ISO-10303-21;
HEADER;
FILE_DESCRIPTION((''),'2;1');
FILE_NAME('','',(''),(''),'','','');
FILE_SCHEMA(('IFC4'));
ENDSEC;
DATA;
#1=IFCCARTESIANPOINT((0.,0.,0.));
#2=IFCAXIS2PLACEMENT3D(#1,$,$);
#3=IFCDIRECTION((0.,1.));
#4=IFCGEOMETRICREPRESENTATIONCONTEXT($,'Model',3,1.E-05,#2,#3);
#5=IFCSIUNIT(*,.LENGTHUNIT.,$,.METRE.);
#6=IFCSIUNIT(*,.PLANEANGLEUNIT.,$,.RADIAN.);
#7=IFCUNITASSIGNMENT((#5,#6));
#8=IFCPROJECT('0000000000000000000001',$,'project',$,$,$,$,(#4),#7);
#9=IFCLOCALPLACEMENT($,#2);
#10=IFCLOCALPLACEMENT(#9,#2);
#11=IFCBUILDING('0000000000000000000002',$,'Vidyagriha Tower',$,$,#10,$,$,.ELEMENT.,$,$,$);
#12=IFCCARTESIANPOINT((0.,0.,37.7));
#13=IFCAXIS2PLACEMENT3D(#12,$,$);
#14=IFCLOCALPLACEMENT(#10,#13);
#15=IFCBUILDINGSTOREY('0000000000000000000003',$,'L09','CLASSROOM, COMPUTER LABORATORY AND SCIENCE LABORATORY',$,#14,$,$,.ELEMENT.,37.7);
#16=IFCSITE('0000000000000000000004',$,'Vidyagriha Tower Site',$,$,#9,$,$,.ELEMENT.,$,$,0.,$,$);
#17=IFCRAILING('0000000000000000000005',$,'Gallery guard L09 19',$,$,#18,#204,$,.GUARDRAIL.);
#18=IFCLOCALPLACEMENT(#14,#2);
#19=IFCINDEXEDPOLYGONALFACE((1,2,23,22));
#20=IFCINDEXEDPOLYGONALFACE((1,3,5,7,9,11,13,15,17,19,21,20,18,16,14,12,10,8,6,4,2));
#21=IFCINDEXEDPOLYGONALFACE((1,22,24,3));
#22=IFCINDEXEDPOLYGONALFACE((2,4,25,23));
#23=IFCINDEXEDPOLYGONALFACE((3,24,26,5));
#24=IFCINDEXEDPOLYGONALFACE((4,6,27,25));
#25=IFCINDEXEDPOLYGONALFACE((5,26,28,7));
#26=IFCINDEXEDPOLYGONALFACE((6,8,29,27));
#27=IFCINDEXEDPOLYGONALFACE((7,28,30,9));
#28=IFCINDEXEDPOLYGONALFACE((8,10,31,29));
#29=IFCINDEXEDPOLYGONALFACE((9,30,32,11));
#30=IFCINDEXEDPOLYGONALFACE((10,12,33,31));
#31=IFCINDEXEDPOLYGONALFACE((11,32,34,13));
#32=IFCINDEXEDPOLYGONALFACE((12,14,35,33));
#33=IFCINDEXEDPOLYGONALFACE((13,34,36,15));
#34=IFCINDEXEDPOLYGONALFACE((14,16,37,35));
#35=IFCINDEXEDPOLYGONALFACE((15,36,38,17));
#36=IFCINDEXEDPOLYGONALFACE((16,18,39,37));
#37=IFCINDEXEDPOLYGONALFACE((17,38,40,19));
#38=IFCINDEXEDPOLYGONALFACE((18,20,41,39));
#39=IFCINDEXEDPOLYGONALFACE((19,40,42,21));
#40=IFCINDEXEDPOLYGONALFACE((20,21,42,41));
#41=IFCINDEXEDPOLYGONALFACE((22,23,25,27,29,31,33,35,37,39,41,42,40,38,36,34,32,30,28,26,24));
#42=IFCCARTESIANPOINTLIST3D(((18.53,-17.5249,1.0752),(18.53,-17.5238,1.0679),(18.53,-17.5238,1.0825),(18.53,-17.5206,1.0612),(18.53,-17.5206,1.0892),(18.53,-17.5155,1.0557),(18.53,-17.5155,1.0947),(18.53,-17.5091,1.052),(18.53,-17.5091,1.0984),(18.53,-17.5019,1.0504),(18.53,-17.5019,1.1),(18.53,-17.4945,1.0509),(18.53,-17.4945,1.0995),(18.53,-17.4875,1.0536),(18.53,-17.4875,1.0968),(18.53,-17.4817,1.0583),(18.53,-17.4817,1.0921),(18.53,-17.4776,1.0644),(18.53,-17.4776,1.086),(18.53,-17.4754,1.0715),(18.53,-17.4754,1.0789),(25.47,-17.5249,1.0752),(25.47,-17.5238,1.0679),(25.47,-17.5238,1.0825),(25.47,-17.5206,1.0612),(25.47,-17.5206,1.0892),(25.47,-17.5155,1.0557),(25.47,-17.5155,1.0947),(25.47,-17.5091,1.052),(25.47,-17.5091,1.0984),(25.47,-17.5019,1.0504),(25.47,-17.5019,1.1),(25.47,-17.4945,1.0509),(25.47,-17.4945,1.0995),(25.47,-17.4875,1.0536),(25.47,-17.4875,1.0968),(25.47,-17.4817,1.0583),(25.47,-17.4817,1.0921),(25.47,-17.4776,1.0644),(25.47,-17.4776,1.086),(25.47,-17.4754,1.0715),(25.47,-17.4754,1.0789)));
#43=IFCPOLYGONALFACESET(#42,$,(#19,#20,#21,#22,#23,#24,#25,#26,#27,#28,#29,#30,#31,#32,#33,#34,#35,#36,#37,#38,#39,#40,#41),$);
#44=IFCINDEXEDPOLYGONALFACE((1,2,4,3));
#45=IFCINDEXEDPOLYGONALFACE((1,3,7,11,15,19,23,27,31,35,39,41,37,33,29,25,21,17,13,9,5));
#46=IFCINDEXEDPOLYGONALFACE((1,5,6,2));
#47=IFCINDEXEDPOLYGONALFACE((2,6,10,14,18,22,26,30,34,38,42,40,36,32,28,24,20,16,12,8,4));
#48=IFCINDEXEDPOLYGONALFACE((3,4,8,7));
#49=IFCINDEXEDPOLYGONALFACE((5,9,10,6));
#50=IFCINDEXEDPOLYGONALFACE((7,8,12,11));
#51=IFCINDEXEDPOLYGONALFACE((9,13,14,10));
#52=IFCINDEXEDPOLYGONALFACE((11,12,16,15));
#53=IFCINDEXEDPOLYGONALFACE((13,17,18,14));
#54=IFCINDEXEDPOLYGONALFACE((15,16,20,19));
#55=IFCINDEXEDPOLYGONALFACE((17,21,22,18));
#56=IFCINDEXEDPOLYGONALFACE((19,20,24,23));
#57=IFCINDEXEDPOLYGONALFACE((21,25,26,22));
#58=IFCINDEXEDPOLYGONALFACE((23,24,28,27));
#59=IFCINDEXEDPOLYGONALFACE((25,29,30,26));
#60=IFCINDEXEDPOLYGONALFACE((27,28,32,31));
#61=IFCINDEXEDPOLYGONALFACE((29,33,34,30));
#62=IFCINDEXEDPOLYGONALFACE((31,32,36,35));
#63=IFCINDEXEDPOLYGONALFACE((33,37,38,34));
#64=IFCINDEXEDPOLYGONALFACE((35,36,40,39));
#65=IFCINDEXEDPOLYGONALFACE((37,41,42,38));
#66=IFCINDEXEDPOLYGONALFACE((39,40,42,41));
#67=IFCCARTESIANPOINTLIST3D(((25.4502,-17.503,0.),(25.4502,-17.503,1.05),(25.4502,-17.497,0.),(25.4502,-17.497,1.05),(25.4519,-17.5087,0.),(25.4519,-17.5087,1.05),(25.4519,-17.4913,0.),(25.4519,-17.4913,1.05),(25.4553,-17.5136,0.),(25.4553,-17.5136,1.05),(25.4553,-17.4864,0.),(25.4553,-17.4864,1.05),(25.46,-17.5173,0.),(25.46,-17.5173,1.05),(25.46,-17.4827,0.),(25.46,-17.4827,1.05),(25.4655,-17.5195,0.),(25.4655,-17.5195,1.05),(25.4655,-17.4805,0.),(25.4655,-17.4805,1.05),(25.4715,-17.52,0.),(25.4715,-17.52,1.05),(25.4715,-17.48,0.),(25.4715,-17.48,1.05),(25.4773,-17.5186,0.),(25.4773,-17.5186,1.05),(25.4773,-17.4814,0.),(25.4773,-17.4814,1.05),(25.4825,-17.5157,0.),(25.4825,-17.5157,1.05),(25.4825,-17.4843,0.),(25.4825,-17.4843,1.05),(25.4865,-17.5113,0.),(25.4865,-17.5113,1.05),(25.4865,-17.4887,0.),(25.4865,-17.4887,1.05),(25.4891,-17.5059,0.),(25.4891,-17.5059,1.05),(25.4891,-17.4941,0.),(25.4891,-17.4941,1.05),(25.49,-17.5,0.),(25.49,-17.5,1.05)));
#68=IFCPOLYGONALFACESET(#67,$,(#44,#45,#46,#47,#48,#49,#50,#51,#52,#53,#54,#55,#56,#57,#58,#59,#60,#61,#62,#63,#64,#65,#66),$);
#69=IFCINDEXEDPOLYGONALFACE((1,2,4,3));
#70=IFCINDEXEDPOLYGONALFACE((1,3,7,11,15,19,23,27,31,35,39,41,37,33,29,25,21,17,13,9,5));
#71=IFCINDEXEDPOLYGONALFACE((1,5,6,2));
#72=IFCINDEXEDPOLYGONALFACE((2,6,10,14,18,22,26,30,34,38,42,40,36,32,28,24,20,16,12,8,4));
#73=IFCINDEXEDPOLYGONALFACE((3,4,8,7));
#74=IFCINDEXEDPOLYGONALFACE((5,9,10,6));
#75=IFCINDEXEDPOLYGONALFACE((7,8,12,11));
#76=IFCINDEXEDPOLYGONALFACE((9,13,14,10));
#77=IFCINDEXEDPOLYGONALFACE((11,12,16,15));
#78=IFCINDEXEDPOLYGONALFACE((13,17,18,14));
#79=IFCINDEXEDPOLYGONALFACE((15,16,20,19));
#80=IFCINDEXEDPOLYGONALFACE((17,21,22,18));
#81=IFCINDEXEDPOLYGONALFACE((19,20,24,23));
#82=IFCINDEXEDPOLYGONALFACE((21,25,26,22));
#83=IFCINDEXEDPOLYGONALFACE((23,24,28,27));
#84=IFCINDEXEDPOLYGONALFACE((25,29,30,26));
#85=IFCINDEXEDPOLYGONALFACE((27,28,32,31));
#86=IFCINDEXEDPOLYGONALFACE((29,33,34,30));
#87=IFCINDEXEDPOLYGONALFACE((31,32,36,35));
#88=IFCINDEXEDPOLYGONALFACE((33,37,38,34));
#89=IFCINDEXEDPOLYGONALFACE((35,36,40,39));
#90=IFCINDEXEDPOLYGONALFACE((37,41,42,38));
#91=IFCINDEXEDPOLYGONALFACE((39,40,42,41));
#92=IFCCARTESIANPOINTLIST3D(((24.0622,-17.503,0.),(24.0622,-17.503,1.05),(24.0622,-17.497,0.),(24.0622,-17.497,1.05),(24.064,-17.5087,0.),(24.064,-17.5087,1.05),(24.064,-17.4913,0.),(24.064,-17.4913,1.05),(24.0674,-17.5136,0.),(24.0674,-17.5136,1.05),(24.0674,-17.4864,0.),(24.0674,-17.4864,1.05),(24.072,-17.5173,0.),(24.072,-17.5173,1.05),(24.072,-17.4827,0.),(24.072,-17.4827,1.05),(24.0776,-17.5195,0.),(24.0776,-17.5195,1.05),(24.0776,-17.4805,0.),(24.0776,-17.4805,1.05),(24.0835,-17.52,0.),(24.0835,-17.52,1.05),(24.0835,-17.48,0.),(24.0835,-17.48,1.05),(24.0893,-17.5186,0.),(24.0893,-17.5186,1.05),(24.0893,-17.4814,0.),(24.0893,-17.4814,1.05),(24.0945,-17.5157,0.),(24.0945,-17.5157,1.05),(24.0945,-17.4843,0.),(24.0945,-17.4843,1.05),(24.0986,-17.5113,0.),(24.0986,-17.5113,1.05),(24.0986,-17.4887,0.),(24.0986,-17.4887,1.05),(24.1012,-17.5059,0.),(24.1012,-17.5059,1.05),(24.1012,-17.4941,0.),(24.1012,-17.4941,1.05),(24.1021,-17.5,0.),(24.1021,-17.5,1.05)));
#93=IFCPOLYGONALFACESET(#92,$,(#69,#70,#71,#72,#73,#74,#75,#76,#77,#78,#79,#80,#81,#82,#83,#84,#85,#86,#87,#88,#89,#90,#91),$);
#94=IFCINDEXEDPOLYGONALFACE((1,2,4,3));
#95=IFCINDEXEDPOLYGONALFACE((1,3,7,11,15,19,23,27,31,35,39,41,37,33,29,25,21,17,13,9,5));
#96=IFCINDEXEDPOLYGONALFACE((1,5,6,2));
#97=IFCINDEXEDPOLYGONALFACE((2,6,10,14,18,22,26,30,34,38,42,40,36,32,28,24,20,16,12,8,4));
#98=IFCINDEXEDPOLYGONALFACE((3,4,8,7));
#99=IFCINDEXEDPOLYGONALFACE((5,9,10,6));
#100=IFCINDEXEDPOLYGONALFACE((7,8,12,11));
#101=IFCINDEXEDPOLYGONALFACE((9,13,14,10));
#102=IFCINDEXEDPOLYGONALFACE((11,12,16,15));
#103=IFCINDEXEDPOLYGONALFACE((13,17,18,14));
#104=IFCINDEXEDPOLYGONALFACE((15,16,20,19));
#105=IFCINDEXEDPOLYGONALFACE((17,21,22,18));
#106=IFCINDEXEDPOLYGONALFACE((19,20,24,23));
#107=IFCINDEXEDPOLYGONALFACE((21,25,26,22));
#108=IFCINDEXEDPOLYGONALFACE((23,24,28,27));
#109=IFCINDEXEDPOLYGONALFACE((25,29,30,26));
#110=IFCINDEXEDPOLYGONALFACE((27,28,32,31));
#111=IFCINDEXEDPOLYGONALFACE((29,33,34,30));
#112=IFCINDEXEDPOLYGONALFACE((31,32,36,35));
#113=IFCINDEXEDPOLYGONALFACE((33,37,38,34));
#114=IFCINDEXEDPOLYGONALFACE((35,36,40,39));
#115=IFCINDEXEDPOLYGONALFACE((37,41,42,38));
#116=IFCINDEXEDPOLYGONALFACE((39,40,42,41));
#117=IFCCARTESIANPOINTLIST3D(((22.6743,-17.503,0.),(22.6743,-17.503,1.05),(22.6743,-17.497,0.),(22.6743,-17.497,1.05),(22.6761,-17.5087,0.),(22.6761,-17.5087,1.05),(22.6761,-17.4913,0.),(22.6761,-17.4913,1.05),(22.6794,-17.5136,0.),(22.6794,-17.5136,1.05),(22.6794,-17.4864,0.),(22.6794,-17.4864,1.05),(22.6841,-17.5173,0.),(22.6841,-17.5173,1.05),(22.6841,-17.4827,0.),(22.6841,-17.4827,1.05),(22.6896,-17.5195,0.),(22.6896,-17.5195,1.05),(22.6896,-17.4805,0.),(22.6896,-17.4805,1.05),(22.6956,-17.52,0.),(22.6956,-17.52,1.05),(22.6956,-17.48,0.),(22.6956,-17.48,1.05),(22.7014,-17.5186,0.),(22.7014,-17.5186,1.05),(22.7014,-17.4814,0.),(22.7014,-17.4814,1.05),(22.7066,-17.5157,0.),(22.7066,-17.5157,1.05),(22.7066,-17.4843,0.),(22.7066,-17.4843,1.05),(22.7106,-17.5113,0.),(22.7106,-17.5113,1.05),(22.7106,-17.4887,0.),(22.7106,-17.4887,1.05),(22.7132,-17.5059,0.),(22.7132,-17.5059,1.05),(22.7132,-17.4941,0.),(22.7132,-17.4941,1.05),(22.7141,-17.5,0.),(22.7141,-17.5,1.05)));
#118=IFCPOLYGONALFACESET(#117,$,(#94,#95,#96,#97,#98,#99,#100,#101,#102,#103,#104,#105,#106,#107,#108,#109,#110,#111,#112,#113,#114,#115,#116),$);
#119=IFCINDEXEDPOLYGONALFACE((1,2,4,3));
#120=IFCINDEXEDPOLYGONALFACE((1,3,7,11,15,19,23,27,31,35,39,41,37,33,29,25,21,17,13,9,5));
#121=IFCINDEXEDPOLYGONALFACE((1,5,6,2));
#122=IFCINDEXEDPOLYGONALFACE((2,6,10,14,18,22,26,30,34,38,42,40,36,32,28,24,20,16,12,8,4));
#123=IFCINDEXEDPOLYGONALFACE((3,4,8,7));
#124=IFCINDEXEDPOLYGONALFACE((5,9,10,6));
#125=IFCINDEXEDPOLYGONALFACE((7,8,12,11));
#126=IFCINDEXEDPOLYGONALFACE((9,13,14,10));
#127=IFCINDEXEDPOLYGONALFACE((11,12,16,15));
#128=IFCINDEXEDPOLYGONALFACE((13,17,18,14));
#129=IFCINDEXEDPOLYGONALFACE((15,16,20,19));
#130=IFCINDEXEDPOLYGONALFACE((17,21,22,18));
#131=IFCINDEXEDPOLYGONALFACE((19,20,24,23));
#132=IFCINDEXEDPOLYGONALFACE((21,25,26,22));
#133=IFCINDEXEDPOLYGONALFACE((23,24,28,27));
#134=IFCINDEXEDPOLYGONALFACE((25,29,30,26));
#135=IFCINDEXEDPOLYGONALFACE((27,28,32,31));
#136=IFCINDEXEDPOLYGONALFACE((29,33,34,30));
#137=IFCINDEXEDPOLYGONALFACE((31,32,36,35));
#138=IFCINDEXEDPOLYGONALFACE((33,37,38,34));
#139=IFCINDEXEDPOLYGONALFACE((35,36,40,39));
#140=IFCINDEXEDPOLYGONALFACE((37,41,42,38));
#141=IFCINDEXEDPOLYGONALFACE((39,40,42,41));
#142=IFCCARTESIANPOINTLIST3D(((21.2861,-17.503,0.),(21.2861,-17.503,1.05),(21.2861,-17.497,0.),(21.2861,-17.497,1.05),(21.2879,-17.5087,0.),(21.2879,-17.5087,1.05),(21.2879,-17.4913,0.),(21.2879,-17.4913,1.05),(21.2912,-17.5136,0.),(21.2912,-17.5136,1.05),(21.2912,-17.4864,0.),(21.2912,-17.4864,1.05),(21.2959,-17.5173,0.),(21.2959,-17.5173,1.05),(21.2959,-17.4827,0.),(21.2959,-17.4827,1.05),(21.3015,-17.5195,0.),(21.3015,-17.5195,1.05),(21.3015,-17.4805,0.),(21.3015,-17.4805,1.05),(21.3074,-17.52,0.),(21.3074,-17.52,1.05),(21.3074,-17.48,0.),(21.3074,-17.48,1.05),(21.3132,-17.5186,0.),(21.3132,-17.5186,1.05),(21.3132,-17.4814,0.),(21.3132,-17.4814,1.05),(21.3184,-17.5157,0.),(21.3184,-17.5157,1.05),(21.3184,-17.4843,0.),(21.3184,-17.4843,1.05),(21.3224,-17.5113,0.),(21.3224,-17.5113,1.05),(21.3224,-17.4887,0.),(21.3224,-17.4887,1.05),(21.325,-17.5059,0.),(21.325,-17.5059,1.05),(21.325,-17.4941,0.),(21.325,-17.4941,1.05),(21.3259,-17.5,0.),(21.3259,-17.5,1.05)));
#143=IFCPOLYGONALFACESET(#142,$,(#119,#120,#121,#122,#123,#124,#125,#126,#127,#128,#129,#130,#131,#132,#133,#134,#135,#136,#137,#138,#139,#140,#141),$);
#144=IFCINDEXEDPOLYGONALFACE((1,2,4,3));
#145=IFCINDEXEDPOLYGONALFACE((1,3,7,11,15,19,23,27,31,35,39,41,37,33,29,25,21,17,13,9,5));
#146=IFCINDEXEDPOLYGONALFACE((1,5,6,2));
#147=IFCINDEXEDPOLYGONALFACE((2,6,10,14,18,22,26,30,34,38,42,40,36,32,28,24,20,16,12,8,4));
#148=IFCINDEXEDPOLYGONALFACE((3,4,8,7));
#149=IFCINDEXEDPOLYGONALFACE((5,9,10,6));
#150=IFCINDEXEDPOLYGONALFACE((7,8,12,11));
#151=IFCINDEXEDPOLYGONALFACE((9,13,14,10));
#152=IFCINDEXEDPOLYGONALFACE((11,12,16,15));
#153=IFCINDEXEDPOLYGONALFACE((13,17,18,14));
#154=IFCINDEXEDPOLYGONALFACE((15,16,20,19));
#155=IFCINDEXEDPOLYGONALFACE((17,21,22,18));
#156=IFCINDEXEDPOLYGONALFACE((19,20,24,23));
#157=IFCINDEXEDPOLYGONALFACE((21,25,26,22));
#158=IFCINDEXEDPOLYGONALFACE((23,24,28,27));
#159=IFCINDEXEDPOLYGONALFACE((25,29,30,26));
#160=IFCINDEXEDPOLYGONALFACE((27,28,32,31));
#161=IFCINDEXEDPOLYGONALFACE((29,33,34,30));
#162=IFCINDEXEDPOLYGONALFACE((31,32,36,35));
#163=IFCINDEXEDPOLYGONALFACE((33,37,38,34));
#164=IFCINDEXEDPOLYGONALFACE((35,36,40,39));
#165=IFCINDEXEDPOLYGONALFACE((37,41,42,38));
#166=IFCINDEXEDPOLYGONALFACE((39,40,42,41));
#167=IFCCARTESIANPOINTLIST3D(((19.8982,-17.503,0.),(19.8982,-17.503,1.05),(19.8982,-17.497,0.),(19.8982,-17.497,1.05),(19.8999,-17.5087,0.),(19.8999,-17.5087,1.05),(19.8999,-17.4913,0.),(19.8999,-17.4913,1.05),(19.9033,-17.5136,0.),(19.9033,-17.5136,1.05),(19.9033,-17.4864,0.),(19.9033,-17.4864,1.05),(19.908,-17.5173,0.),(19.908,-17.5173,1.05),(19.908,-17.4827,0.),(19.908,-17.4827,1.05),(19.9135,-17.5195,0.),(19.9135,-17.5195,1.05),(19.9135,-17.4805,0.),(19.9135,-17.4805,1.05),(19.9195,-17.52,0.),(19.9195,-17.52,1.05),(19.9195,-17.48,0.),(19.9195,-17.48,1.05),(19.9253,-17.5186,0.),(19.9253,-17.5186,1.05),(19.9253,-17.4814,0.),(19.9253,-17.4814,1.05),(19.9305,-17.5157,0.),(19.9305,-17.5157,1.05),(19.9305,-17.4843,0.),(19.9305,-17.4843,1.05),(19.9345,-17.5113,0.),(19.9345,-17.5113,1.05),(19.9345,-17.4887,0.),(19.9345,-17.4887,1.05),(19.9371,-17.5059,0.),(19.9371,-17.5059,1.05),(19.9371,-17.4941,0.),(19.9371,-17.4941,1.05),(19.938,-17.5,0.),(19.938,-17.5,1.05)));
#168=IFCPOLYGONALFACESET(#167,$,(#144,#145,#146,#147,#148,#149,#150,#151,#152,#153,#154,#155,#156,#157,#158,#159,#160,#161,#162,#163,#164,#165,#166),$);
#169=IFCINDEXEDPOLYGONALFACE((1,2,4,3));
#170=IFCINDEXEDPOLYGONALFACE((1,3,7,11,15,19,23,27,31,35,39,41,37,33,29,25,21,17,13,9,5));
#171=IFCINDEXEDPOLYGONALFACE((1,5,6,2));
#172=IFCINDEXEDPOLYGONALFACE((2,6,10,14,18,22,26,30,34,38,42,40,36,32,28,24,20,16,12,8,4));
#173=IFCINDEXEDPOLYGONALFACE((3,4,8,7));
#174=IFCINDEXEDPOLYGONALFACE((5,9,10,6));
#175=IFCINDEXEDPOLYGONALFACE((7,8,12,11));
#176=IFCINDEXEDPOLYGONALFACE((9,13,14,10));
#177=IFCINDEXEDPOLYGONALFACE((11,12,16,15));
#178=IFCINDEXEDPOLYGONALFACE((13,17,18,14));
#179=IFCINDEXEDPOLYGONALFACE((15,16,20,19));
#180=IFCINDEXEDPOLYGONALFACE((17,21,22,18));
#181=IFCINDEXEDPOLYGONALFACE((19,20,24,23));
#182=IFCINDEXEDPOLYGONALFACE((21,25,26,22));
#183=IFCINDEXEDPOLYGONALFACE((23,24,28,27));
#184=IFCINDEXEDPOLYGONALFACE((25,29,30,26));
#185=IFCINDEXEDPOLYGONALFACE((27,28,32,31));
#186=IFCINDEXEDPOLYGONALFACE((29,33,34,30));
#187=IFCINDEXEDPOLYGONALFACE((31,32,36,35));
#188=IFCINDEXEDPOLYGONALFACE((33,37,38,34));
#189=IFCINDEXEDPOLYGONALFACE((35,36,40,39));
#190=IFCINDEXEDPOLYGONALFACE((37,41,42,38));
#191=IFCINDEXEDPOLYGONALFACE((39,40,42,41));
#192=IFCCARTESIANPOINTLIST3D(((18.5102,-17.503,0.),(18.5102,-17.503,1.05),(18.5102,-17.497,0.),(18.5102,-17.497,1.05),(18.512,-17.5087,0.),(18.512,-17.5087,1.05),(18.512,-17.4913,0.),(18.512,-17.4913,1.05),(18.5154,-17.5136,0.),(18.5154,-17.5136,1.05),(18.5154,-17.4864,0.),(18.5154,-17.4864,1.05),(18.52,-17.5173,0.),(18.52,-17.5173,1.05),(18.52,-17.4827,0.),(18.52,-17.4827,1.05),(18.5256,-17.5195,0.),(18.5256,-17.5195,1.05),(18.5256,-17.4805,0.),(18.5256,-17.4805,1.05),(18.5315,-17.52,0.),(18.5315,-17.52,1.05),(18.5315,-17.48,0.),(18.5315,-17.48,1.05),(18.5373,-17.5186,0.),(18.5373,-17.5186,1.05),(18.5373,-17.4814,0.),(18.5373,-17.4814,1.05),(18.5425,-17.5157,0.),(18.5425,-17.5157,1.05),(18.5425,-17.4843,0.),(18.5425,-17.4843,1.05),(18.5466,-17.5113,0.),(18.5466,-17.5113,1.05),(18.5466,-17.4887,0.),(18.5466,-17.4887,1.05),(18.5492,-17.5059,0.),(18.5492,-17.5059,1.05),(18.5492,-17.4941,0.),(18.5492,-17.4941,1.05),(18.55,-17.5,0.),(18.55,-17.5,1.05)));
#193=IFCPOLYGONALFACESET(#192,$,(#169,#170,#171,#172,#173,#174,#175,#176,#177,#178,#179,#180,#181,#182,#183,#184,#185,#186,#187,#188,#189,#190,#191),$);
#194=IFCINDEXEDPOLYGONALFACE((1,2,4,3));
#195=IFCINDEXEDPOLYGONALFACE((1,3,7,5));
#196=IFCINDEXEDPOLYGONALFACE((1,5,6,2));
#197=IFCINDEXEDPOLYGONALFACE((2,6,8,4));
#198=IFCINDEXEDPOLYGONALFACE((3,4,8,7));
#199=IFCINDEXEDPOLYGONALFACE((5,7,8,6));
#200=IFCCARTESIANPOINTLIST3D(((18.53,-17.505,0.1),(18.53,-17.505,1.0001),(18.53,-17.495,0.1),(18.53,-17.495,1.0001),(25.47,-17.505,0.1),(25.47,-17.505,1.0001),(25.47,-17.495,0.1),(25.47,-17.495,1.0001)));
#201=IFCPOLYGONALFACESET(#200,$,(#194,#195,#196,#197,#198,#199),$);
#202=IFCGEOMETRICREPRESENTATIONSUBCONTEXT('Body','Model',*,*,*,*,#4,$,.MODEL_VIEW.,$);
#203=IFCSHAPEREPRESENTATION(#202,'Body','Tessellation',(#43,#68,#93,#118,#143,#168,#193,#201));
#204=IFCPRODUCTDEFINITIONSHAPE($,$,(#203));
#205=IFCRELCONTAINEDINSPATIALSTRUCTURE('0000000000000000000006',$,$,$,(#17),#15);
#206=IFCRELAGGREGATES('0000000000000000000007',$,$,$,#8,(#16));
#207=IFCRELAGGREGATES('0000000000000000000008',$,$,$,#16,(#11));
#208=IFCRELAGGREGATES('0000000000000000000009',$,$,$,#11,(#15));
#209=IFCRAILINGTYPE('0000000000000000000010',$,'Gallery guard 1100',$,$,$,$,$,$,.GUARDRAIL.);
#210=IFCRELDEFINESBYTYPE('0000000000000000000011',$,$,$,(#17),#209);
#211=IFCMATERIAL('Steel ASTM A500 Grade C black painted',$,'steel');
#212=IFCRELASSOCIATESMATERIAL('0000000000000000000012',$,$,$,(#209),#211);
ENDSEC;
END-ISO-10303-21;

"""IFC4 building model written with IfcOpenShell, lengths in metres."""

from ifc_helpers import new_model, si_unit, direction, frame, origin, origin_2d, place, context, subcontext, project, spatial, rectangle, circle, extrude, material, type_object, element, save


model = new_model("IFC4")

# Units and contexts
model_context = context("Model", 3, precision=1e-05, world=origin(), true_north=direction((0.0, 1.0)))
body_context = subcontext(model_context, "Body", "Model", "MODEL_VIEW")
ifc_project = project(units=[si_unit("LENGTHUNIT", "METRE"), si_unit("PLANEANGLEUNIT", "RADIAN")], contexts=[model_context])

# Site, building, storey
site_placement = place(None, origin())
site = spatial("IfcSite", under=ifc_project, at=site_placement, Name="Vidyagriha Tower Site", CompositionType="ELEMENT", RefElevation=0.0)
building_placement = place(site_placement, origin())
building = spatial("IfcBuilding", under=site, at=building_placement, Name="Vidyagriha Tower", CompositionType="ELEMENT")
storey_placement = place(building_placement, frame((0.0, 0.0, 37.7)))
storey = spatial("IfcBuildingStorey", under=building, at=storey_placement, Name="L09", Description="CLASSROOM, COMPUTER LABORATORY AND SCIENCE LABORATORY", CompositionType="ELEMENT", Elevation=37.7)

# Railing
ifc_material_1 = material(Name="Steel ASTM A500 Grade C black painted", Category="steel")
railing_type = type_object("IfcRailingType", Name="Gallery guard 1100", PredefinedType="GUARDRAIL", material=ifc_material_1)
for number, where, name in (
    (1, (25.47, -17.5, 0.0), "Gallery guard L09 19"),
):
    element("IfcRailing", number, at=place(storey_placement, frame(where)), inside=storey, type_object=railing_type, Name=name, PredefinedType="GUARDRAIL", context=body_context, shape_type="SweptSolid", body=[
        extrude(circle(Radius=0.0249, at=origin_2d()), frame((0.0, 0.0, 1.0752), z_axis=(-1.0, 0.0, 0.0), x_axis=(0.0, -1.0, 0.0)), (0.0, 0.0, 1.0), 6.9399),
        extrude(circle(Radius=0.02, at=origin_2d()), origin(), (0.0, 0.0, 1.0), 1.05),
        extrude(circle(Radius=0.02, at=origin_2d()), frame((-1.3879, 0.0, 0.0)), (0.0, 0.0, 1.0), 1.05),
        extrude(circle(Radius=0.02, at=origin_2d()), frame((-2.7759, 0.0, 0.0)), (0.0, 0.0, 1.0), 1.05),
        extrude(circle(Radius=0.02, at=origin_2d()), frame((-4.1641, 0.0, 0.0)), (0.0, 0.0, 1.0), 1.05),
        extrude(circle(Radius=0.02, at=origin_2d()), frame((-5.552, 0.0, 0.0)), (0.0, 0.0, 1.0), 1.05),
        extrude(circle(Radius=0.02, at=origin_2d()), frame((-6.9399, 0.0, 0.0)), (0.0, 0.0, 1.0), 1.05),
        extrude(rectangle(XDim=0.01, YDim=0.9001, at=origin_2d()), frame((0.0, 0.0, 0.55), z_axis=(-1.0, 0.0, 0.0), x_axis=(0.0, -1.0, 0.0)), (0.0, 0.0, 1.0), 6.9399),
    ])

save(model, "model.ifc")
